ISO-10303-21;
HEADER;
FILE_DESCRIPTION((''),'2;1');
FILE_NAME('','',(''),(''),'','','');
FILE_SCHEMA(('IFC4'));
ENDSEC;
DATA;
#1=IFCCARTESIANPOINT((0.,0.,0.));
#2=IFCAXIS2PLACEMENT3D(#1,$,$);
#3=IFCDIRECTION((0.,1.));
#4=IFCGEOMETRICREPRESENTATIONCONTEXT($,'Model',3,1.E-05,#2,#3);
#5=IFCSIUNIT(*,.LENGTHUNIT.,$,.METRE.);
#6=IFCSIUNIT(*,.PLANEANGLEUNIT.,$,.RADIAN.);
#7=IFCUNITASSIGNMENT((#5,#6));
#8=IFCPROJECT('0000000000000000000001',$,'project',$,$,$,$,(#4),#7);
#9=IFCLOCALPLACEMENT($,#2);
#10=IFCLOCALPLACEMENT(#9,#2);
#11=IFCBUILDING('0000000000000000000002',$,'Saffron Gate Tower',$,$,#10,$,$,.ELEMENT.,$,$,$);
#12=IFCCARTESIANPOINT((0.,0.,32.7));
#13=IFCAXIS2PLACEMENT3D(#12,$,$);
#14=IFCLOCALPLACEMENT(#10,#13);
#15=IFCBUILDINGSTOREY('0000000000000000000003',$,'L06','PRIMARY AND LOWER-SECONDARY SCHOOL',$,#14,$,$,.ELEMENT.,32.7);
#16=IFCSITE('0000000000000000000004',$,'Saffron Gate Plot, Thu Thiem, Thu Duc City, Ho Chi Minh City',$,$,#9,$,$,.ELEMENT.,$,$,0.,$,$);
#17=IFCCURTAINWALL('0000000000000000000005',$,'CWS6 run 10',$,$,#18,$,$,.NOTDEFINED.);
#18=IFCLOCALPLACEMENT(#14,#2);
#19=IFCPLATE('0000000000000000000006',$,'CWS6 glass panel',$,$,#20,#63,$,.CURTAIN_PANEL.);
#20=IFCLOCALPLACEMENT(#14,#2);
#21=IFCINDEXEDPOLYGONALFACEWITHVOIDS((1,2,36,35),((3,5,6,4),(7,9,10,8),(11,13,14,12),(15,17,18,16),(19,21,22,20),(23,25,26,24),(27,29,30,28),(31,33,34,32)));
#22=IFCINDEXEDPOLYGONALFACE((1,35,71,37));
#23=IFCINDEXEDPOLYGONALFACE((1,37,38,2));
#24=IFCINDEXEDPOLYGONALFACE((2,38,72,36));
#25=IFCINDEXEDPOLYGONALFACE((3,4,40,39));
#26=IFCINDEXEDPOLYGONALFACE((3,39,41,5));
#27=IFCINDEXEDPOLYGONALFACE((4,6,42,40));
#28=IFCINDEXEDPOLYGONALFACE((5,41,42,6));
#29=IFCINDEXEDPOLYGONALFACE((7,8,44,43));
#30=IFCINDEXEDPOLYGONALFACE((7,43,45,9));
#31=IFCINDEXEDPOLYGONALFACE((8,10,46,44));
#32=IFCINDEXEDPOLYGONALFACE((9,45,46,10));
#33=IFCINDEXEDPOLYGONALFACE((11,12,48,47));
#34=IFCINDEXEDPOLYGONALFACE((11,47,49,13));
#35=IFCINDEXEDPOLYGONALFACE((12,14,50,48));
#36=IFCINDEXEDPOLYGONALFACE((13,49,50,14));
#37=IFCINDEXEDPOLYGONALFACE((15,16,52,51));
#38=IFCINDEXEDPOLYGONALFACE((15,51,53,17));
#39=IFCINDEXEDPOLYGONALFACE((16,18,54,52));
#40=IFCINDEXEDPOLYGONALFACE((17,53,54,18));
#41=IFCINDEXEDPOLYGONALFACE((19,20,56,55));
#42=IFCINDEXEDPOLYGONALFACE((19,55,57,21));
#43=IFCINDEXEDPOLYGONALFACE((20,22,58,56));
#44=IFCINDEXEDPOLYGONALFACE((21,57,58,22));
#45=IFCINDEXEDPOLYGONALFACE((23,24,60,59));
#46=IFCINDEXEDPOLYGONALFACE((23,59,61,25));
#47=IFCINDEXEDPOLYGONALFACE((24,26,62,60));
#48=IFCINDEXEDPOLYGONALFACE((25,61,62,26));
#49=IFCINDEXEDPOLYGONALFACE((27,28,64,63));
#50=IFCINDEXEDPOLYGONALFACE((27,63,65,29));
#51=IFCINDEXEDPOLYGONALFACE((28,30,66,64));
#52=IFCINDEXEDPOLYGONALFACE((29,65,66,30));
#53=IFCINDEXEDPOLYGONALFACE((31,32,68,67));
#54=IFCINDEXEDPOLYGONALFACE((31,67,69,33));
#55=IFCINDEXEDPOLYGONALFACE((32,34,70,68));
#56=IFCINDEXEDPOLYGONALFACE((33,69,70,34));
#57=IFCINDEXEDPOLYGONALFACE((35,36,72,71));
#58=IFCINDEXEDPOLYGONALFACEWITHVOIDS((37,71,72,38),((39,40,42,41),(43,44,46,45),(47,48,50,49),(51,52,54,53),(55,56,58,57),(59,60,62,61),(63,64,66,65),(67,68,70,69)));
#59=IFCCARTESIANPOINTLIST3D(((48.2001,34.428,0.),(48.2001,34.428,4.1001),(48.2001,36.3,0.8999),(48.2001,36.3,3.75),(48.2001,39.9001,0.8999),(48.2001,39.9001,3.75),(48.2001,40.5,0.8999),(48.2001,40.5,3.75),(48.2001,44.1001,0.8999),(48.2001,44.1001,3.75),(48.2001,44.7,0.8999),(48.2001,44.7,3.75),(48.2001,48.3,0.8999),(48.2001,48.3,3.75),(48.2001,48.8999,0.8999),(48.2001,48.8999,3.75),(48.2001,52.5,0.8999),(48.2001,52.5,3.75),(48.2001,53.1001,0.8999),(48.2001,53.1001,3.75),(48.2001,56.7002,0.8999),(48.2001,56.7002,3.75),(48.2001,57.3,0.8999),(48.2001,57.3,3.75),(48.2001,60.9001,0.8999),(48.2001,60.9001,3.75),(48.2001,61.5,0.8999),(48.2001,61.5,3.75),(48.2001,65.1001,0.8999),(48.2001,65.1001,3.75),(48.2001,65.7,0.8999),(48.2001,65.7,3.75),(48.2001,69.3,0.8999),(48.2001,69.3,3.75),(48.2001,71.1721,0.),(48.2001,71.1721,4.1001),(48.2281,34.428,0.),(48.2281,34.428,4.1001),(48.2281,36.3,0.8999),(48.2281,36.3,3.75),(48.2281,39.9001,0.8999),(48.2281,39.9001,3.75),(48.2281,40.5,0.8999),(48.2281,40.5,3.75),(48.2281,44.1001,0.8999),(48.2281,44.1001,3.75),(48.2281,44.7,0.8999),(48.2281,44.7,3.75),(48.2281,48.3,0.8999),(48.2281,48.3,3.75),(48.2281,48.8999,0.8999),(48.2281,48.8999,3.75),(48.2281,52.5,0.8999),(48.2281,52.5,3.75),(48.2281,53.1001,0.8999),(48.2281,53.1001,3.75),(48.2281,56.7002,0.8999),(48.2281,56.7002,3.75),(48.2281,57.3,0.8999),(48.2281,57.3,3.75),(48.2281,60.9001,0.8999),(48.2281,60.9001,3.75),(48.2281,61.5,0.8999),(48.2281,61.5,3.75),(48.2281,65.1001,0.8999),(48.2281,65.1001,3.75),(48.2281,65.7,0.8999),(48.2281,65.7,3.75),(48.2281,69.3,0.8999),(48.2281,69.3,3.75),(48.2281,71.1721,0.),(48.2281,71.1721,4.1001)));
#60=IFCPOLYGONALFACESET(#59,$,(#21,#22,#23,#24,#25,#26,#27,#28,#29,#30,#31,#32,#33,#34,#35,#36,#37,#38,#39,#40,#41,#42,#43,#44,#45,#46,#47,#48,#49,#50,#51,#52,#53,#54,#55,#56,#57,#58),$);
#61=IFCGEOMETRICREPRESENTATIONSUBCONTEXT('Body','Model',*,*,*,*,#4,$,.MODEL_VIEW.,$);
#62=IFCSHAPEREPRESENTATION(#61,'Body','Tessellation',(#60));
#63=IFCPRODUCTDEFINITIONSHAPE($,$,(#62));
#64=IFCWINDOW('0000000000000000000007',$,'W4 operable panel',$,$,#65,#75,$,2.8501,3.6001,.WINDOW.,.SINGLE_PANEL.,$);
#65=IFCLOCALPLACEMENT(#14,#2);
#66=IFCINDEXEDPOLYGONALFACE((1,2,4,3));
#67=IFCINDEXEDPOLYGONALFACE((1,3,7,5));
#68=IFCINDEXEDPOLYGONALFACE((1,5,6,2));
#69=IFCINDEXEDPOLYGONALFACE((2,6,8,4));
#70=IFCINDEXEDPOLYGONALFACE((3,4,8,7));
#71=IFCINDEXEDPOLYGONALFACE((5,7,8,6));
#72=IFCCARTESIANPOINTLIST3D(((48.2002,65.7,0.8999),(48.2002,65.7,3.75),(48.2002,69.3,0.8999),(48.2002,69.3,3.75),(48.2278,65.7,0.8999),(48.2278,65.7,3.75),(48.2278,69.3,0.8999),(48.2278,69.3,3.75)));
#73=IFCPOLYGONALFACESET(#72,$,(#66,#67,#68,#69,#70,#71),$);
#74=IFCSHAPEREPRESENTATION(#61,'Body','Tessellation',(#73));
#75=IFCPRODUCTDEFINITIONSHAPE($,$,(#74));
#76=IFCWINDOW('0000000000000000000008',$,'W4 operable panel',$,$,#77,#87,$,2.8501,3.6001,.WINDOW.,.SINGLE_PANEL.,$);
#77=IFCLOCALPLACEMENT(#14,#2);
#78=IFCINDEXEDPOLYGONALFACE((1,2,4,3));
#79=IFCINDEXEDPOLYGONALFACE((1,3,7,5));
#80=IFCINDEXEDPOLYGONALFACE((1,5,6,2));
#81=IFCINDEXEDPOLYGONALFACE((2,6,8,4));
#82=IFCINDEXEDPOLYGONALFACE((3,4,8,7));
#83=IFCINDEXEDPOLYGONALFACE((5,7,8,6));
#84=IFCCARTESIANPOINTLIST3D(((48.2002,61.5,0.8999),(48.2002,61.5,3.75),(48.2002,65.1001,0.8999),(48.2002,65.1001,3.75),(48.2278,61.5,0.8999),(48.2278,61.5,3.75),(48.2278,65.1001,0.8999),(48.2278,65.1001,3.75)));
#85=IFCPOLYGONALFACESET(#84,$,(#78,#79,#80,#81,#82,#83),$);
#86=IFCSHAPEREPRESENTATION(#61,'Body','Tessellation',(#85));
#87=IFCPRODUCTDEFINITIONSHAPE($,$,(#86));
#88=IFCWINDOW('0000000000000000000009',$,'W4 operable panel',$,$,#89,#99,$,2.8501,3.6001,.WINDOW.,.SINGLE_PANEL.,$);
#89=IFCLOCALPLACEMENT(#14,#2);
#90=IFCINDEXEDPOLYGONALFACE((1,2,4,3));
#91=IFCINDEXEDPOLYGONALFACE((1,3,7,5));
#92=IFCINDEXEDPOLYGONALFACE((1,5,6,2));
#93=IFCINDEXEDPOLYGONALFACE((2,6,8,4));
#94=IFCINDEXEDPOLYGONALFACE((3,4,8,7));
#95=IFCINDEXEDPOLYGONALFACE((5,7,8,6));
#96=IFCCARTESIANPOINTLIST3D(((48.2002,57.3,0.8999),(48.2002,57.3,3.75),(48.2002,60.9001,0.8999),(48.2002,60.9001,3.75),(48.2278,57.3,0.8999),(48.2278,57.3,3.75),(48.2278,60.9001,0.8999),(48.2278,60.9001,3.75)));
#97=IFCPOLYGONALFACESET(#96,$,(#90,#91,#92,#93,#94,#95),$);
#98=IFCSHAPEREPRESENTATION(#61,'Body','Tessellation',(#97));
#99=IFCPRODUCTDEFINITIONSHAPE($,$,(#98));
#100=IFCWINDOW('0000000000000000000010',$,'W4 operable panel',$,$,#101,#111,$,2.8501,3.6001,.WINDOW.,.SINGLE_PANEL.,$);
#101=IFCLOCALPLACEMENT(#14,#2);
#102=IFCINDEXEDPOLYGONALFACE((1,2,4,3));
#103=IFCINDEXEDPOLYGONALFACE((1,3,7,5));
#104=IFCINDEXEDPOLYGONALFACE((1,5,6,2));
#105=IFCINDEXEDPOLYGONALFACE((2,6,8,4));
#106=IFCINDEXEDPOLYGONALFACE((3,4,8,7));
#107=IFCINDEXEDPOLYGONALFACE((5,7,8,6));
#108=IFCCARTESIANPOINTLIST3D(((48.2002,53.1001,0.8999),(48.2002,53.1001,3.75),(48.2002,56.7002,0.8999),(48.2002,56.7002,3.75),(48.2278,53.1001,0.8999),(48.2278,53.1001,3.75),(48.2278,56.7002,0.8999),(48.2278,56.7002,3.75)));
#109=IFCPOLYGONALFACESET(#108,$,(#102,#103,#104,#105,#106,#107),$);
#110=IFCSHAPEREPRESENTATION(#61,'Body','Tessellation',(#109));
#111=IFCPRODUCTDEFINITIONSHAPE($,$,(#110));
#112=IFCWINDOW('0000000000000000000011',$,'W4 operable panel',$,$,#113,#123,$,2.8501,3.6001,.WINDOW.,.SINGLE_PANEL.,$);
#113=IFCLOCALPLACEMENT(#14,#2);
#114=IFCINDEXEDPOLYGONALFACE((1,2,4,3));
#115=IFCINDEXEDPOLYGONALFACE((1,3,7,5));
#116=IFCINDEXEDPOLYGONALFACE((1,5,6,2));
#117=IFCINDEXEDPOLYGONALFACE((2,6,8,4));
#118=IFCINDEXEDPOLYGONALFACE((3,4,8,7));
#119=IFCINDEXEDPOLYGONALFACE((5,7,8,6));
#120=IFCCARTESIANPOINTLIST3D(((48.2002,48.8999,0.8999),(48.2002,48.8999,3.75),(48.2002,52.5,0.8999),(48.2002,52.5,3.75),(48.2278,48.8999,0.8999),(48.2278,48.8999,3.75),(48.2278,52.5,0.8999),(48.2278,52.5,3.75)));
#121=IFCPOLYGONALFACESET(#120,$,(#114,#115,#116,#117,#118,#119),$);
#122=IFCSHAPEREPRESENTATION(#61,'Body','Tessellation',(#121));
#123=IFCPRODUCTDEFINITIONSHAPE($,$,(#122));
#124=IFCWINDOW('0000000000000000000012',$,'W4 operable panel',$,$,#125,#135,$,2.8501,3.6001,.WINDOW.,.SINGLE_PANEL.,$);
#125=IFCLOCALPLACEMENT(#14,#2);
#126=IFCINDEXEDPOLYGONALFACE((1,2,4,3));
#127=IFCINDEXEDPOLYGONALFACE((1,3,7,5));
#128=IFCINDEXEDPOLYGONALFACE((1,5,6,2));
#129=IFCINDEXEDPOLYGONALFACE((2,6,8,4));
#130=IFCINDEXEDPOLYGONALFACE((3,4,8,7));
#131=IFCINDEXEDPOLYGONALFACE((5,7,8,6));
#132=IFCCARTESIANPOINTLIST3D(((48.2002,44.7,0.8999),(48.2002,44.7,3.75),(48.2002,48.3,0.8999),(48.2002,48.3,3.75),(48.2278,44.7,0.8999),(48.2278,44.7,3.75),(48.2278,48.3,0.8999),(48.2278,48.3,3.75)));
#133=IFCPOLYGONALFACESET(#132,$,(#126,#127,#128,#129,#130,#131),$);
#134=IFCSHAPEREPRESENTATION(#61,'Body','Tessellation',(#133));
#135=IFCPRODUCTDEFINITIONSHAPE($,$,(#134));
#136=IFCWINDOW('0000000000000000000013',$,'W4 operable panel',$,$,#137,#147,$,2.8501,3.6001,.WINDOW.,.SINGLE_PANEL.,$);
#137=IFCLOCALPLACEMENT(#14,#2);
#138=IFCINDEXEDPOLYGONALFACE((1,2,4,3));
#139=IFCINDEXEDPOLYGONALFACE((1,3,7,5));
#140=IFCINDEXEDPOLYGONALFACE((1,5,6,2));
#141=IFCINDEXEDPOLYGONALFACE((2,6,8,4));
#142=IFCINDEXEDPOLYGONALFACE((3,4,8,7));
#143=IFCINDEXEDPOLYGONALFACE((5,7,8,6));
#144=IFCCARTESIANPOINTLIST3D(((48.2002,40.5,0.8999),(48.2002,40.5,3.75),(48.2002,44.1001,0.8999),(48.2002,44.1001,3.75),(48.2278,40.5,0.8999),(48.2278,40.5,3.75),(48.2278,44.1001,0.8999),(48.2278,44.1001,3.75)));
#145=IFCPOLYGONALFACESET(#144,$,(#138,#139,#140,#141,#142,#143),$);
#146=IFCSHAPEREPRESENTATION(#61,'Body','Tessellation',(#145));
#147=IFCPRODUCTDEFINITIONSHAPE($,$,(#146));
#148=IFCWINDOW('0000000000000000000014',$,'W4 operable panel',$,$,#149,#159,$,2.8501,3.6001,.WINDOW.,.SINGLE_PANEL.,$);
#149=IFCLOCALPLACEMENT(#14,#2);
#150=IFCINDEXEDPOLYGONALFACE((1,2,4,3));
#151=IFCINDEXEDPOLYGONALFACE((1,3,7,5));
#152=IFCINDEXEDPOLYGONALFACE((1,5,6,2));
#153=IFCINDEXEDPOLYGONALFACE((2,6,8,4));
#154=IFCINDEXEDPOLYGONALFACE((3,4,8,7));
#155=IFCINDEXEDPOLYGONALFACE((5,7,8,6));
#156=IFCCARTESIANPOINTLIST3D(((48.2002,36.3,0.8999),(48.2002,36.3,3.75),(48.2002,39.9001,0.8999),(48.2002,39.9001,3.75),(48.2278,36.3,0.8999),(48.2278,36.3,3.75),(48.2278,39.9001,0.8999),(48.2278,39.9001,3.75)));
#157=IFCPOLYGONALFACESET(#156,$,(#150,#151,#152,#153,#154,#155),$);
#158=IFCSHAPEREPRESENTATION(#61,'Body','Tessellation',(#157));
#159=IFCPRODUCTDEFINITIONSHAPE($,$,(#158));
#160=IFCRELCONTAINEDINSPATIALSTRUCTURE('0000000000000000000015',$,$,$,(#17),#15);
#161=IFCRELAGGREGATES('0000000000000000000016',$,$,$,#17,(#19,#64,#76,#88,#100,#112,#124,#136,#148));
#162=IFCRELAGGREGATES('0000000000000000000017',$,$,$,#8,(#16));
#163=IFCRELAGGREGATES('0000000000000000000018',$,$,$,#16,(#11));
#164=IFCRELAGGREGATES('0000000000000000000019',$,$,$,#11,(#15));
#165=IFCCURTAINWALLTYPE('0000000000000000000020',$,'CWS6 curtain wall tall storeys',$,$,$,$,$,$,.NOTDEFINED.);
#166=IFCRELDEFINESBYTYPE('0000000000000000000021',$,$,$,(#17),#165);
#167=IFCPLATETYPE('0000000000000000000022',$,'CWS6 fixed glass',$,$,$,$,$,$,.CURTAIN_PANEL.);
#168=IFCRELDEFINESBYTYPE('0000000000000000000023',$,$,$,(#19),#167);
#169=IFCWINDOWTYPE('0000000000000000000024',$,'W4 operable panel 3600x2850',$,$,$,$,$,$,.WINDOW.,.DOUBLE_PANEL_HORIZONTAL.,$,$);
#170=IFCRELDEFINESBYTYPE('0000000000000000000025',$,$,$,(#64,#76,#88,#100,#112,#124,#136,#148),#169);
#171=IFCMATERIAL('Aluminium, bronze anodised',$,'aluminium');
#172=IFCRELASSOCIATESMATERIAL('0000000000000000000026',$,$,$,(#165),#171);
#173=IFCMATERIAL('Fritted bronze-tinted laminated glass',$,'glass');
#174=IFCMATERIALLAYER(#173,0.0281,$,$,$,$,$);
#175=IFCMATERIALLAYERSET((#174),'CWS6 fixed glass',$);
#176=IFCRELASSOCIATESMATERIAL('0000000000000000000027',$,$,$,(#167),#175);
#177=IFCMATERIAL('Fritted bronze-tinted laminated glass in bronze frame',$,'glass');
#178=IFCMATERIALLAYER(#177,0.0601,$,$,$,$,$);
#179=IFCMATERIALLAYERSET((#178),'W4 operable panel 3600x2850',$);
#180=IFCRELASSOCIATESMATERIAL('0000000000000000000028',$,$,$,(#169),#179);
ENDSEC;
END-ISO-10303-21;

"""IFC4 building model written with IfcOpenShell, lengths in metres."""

from ifc_helpers import new_model, si_unit, direction, frame, frame_2d, origin, place, context, subcontext, project, spatial, rectangle, extrude, material, layer, layer_set, type_object, element, fill, aggregate, save


model = new_model("IFC4")

# Units and contexts
model_context = context("Model", 3, precision=1e-05, world=origin(), true_north=direction((0.0, 1.0)))
body_context = subcontext(model_context, "Body", "Model", "MODEL_VIEW")
ifc_project = project(units=[si_unit("LENGTHUNIT", "METRE"), si_unit("PLANEANGLEUNIT", "RADIAN")], contexts=[model_context])

# Site, building, storey
site_placement = place(None, origin())
site = spatial("IfcSite", under=ifc_project, at=site_placement, Name="Saffron Gate Plot, Thu Thiem, Thu Duc City, Ho Chi Minh City", CompositionType="ELEMENT", RefElevation=0.0)
building_placement = place(site_placement, origin())
building = spatial("IfcBuilding", under=site, at=building_placement, Name="Saffron Gate Tower", CompositionType="ELEMENT")
storey_placement = place(building_placement, frame((0.0, 0.0, 32.7)))
storey = spatial("IfcBuildingStorey", under=building, at=storey_placement, Name="L06", Description="PRIMARY AND LOWER-SECONDARY SCHOOL", CompositionType="ELEMENT", Elevation=32.7)

# Curtain wall
ifc_material_1 = material(Name="Aluminium, bronze anodised", Category="aluminium")
curtain_wall_type = type_object("IfcCurtainWallType", Name="CWS6 curtain wall tall storeys", PredefinedType="NOTDEFINED", material=ifc_material_1)
curtain_wall_1_placement = place(storey_placement, origin())
curtain_wall_1 = element("IfcCurtainWall", 1, at=curtain_wall_1_placement, inside=storey, type_object=curtain_wall_type, Name="CWS6 run 10", PredefinedType="NOTDEFINED")

# Shared definitions
ifc_material_2 = material(Name="Fritted bronze-tinted laminated glass", Category="glass")
ifc_layer_1 = layer(ifc_material_2, 0.0281)
ifc_layer_set_1 = layer_set([ifc_layer_1], Name="CWS6 fixed glass")
plate_type = type_object("IfcPlateType", Name="CWS6 fixed glass", PredefinedType="CURTAIN_PANEL", material=ifc_layer_set_1)

# Plate, openings, windows
plate_1_placement = place(storey_placement, frame((48.2141, 71.1721, 0.0), z_axis=(0.0, 0.0, 1.0), x_axis=(0.0, -1.0, 0.0)))
plate_1 = element("IfcPlate", 2, at=plate_1_placement, type_object=plate_type, Name="CWS6 glass panel", PredefinedType="CURTAIN_PANEL", context=body_context, shape_type="SweptSolid", body=[
    extrude(rectangle(XDim=36.7441, YDim=0.0281, at=frame_2d((18.3721, 0.0))), origin(), (0.0, 0.0, 1.0), 4.1001),
])
opening_1_placement = place(plate_1_placement, frame((1.8721, 0.0, 0.8999)))
opening_1 = element("IfcOpeningElement", 3, at=opening_1_placement, cuts=plate_1, PredefinedType="OPENING", context=body_context, shape_type="SweptSolid", body=[
    extrude(rectangle(XDim=3.6001, YDim=2.8501, at=frame_2d((1.8, 1.425))), frame((0.0, 0.0239, 0.0), z_axis=(0.0, -1.0, 0.0), x_axis=(1.0, 0.0, 0.0)), (0.0, 0.0, 1.0), 0.0481),
])
opening_2_placement = place(plate_1_placement, frame((6.072, 0.0, 0.8999)))
opening_2 = element("IfcOpeningElement", 4, at=opening_2_placement, cuts=plate_1, PredefinedType="OPENING", context=body_context, shape_type="SweptSolid", body=[
    extrude(rectangle(XDim=3.6001, YDim=2.8501, at=frame_2d((1.8, 1.425))), frame((0.0, 0.0239, 0.0), z_axis=(0.0, -1.0, 0.0), x_axis=(1.0, 0.0, 0.0)), (0.0, 0.0, 1.0), 0.0481),
])
opening_3_placement = place(plate_1_placement, frame((10.272, 0.0, 0.8999)))
opening_3 = element("IfcOpeningElement", 5, at=opening_3_placement, cuts=plate_1, PredefinedType="OPENING", context=body_context, shape_type="SweptSolid", body=[
    extrude(rectangle(XDim=3.6001, YDim=2.8501, at=frame_2d((1.8, 1.425))), frame((0.0, 0.0239, 0.0), z_axis=(0.0, -1.0, 0.0), x_axis=(1.0, 0.0, 0.0)), (0.0, 0.0, 1.0), 0.0481),
])
opening_4_placement = place(plate_1_placement, frame((14.4719, 0.0, 0.8999)))
opening_4 = element("IfcOpeningElement", 6, at=opening_4_placement, cuts=plate_1, PredefinedType="OPENING", context=body_context, shape_type="SweptSolid", body=[
    extrude(rectangle(XDim=3.6001, YDim=2.8501, at=frame_2d((1.8, 1.425))), frame((0.0, 0.0239, 0.0), z_axis=(0.0, -1.0, 0.0), x_axis=(1.0, 0.0, 0.0)), (0.0, 0.0, 1.0), 0.0481),
])
opening_5_placement = place(plate_1_placement, frame((18.6721, 0.0, 0.8999)))
opening_5 = element("IfcOpeningElement", 7, at=opening_5_placement, cuts=plate_1, PredefinedType="OPENING", context=body_context, shape_type="SweptSolid", body=[
    extrude(rectangle(XDim=3.6001, YDim=2.8501, at=frame_2d((1.8, 1.425))), frame((0.0, 0.0239, 0.0), z_axis=(0.0, -1.0, 0.0), x_axis=(1.0, 0.0, 0.0)), (0.0, 0.0, 1.0), 0.0481),
])
opening_6_placement = place(plate_1_placement, frame((22.8721, 0.0, 0.8999)))
opening_6 = element("IfcOpeningElement", 8, at=opening_6_placement, cuts=plate_1, PredefinedType="OPENING", context=body_context, shape_type="SweptSolid", body=[
    extrude(rectangle(XDim=3.6001, YDim=2.8501, at=frame_2d((1.8, 1.425))), frame((0.0, 0.0239, 0.0), z_axis=(0.0, -1.0, 0.0), x_axis=(1.0, 0.0, 0.0)), (0.0, 0.0, 1.0), 0.0481),
])
opening_7_placement = place(plate_1_placement, frame((27.072, 0.0, 0.8999)))
opening_7 = element("IfcOpeningElement", 9, at=opening_7_placement, cuts=plate_1, PredefinedType="OPENING", context=body_context, shape_type="SweptSolid", body=[
    extrude(rectangle(XDim=3.6001, YDim=2.8501, at=frame_2d((1.8, 1.425))), frame((0.0, 0.0239, 0.0), z_axis=(0.0, -1.0, 0.0), x_axis=(1.0, 0.0, 0.0)), (0.0, 0.0, 1.0), 0.0481),
])
opening_8_placement = place(plate_1_placement, frame((31.272, 0.0, 0.8999)))
opening_8 = element("IfcOpeningElement", 10, at=opening_8_placement, cuts=plate_1, PredefinedType="OPENING", context=body_context, shape_type="SweptSolid", body=[
    extrude(rectangle(XDim=3.6001, YDim=2.8501, at=frame_2d((1.8, 1.425))), frame((0.0, 0.0239, 0.0), z_axis=(0.0, -1.0, 0.0), x_axis=(1.0, 0.0, 0.0)), (0.0, 0.0, 1.0), 0.0481),
])
ifc_material_3 = material(Name="Fritted bronze-tinted laminated glass in bronze frame", Category="glass")
ifc_layer_2 = layer(ifc_material_3, 0.0601)
ifc_layer_set_2 = layer_set([ifc_layer_2], Name="W4 operable panel 3600x2850")
window_type = type_object("IfcWindowType", Name="W4 operable panel 3600x2850", PartitioningType="DOUBLE_PANEL_HORIZONTAL", PredefinedType="WINDOW", material=ifc_layer_set_2)
window_1_placement = place(opening_1_placement, origin())
window_1 = element("IfcWindow", 11, at=window_1_placement, type_object=window_type, Name="W4 operable panel", OverallHeight=2.8501, OverallWidth=3.6001, PartitioningType="SINGLE_PANEL", PredefinedType="WINDOW", context=body_context, shape_type="SweptSolid", body=[
    extrude(rectangle(XDim=3.6001, YDim=2.8501, at=frame_2d((1.8, 1.425))), frame((0.0, 0.0137, 0.0), z_axis=(0.0, -1.0, 0.0), x_axis=(1.0, 0.0, 0.0)), (0.0, 0.0, 1.0), 0.0276),
])
fill(opening_1, window_1)
window_2_placement = place(opening_2_placement, origin())
window_2 = element("IfcWindow", 12, at=window_2_placement, type_object=window_type, Name="W4 operable panel", OverallHeight=2.8501, OverallWidth=3.6001, PartitioningType="SINGLE_PANEL", PredefinedType="WINDOW", context=body_context, shape_type="SweptSolid", body=[
    extrude(rectangle(XDim=3.6001, YDim=2.8501, at=frame_2d((1.8, 1.425))), frame((0.0, 0.0137, 0.0), z_axis=(0.0, -1.0, 0.0), x_axis=(1.0, 0.0, 0.0)), (0.0, 0.0, 1.0), 0.0276),
])
fill(opening_2, window_2)
window_3_placement = place(opening_3_placement, origin())
window_3 = element("IfcWindow", 13, at=window_3_placement, type_object=window_type, Name="W4 operable panel", OverallHeight=2.8501, OverallWidth=3.6001, PartitioningType="SINGLE_PANEL", PredefinedType="WINDOW", context=body_context, shape_type="SweptSolid", body=[
    extrude(rectangle(XDim=3.6001, YDim=2.8501, at=frame_2d((1.8, 1.425))), frame((0.0, 0.0137, 0.0), z_axis=(0.0, -1.0, 0.0), x_axis=(1.0, 0.0, 0.0)), (0.0, 0.0, 1.0), 0.0276),
])
fill(opening_3, window_3)
window_4_placement = place(opening_4_placement, origin())
window_4 = element("IfcWindow", 14, at=window_4_placement, type_object=window_type, Name="W4 operable panel", OverallHeight=2.8501, OverallWidth=3.6001, PartitioningType="SINGLE_PANEL", PredefinedType="WINDOW", context=body_context, shape_type="SweptSolid", body=[
    extrude(rectangle(XDim=3.6001, YDim=2.8501, at=frame_2d((1.8, 1.425))), frame((0.0, 0.0137, 0.0), z_axis=(0.0, -1.0, 0.0), x_axis=(1.0, 0.0, 0.0)), (0.0, 0.0, 1.0), 0.0276),
])
fill(opening_4, window_4)
window_5_placement = place(opening_5_placement, origin())
window_5 = element("IfcWindow", 15, at=window_5_placement, type_object=window_type, Name="W4 operable panel", OverallHeight=2.8501, OverallWidth=3.6001, PartitioningType="SINGLE_PANEL", PredefinedType="WINDOW", context=body_context, shape_type="SweptSolid", body=[
    extrude(rectangle(XDim=3.6001, YDim=2.8501, at=frame_2d((1.8, 1.425))), frame((0.0, 0.0137, 0.0), z_axis=(0.0, -1.0, 0.0), x_axis=(1.0, 0.0, 0.0)), (0.0, 0.0, 1.0), 0.0276),
])
fill(opening_5, window_5)
window_6_placement = place(opening_6_placement, origin())
window_6 = element("IfcWindow", 16, at=window_6_placement, type_object=window_type, Name="W4 operable panel", OverallHeight=2.8501, OverallWidth=3.6001, PartitioningType="SINGLE_PANEL", PredefinedType="WINDOW", context=body_context, shape_type="SweptSolid", body=[
    extrude(rectangle(XDim=3.6001, YDim=2.8501, at=frame_2d((1.8, 1.425))), frame((0.0, 0.0137, 0.0), z_axis=(0.0, -1.0, 0.0), x_axis=(1.0, 0.0, 0.0)), (0.0, 0.0, 1.0), 0.0276),
])
fill(opening_6, window_6)
window_7_placement = place(opening_7_placement, origin())
window_7 = element("IfcWindow", 17, at=window_7_placement, type_object=window_type, Name="W4 operable panel", OverallHeight=2.8501, OverallWidth=3.6001, PartitioningType="SINGLE_PANEL", PredefinedType="WINDOW", context=body_context, shape_type="SweptSolid", body=[
    extrude(rectangle(XDim=3.6001, YDim=2.8501, at=frame_2d((1.8, 1.425))), frame((0.0, 0.0137, 0.0), z_axis=(0.0, -1.0, 0.0), x_axis=(1.0, 0.0, 0.0)), (0.0, 0.0, 1.0), 0.0276),
])
fill(opening_7, window_7)
window_8_placement = place(opening_8_placement, origin())
window_8 = element("IfcWindow", 18, at=window_8_placement, type_object=window_type, Name="W4 operable panel", OverallHeight=2.8501, OverallWidth=3.6001, PartitioningType="SINGLE_PANEL", PredefinedType="WINDOW", context=body_context, shape_type="SweptSolid", body=[
    extrude(rectangle(XDim=3.6001, YDim=2.8501, at=frame_2d((1.8, 1.425))), frame((0.0, 0.0137, 0.0), z_axis=(0.0, -1.0, 0.0), x_axis=(1.0, 0.0, 0.0)), (0.0, 0.0, 1.0), 0.0276),
])
fill(opening_8, window_8)
aggregate(curtain_wall_1, [plate_1, window_1, window_2, window_3, window_4, window_5, window_6, window_7, window_8])

save(model, "model.ifc")
